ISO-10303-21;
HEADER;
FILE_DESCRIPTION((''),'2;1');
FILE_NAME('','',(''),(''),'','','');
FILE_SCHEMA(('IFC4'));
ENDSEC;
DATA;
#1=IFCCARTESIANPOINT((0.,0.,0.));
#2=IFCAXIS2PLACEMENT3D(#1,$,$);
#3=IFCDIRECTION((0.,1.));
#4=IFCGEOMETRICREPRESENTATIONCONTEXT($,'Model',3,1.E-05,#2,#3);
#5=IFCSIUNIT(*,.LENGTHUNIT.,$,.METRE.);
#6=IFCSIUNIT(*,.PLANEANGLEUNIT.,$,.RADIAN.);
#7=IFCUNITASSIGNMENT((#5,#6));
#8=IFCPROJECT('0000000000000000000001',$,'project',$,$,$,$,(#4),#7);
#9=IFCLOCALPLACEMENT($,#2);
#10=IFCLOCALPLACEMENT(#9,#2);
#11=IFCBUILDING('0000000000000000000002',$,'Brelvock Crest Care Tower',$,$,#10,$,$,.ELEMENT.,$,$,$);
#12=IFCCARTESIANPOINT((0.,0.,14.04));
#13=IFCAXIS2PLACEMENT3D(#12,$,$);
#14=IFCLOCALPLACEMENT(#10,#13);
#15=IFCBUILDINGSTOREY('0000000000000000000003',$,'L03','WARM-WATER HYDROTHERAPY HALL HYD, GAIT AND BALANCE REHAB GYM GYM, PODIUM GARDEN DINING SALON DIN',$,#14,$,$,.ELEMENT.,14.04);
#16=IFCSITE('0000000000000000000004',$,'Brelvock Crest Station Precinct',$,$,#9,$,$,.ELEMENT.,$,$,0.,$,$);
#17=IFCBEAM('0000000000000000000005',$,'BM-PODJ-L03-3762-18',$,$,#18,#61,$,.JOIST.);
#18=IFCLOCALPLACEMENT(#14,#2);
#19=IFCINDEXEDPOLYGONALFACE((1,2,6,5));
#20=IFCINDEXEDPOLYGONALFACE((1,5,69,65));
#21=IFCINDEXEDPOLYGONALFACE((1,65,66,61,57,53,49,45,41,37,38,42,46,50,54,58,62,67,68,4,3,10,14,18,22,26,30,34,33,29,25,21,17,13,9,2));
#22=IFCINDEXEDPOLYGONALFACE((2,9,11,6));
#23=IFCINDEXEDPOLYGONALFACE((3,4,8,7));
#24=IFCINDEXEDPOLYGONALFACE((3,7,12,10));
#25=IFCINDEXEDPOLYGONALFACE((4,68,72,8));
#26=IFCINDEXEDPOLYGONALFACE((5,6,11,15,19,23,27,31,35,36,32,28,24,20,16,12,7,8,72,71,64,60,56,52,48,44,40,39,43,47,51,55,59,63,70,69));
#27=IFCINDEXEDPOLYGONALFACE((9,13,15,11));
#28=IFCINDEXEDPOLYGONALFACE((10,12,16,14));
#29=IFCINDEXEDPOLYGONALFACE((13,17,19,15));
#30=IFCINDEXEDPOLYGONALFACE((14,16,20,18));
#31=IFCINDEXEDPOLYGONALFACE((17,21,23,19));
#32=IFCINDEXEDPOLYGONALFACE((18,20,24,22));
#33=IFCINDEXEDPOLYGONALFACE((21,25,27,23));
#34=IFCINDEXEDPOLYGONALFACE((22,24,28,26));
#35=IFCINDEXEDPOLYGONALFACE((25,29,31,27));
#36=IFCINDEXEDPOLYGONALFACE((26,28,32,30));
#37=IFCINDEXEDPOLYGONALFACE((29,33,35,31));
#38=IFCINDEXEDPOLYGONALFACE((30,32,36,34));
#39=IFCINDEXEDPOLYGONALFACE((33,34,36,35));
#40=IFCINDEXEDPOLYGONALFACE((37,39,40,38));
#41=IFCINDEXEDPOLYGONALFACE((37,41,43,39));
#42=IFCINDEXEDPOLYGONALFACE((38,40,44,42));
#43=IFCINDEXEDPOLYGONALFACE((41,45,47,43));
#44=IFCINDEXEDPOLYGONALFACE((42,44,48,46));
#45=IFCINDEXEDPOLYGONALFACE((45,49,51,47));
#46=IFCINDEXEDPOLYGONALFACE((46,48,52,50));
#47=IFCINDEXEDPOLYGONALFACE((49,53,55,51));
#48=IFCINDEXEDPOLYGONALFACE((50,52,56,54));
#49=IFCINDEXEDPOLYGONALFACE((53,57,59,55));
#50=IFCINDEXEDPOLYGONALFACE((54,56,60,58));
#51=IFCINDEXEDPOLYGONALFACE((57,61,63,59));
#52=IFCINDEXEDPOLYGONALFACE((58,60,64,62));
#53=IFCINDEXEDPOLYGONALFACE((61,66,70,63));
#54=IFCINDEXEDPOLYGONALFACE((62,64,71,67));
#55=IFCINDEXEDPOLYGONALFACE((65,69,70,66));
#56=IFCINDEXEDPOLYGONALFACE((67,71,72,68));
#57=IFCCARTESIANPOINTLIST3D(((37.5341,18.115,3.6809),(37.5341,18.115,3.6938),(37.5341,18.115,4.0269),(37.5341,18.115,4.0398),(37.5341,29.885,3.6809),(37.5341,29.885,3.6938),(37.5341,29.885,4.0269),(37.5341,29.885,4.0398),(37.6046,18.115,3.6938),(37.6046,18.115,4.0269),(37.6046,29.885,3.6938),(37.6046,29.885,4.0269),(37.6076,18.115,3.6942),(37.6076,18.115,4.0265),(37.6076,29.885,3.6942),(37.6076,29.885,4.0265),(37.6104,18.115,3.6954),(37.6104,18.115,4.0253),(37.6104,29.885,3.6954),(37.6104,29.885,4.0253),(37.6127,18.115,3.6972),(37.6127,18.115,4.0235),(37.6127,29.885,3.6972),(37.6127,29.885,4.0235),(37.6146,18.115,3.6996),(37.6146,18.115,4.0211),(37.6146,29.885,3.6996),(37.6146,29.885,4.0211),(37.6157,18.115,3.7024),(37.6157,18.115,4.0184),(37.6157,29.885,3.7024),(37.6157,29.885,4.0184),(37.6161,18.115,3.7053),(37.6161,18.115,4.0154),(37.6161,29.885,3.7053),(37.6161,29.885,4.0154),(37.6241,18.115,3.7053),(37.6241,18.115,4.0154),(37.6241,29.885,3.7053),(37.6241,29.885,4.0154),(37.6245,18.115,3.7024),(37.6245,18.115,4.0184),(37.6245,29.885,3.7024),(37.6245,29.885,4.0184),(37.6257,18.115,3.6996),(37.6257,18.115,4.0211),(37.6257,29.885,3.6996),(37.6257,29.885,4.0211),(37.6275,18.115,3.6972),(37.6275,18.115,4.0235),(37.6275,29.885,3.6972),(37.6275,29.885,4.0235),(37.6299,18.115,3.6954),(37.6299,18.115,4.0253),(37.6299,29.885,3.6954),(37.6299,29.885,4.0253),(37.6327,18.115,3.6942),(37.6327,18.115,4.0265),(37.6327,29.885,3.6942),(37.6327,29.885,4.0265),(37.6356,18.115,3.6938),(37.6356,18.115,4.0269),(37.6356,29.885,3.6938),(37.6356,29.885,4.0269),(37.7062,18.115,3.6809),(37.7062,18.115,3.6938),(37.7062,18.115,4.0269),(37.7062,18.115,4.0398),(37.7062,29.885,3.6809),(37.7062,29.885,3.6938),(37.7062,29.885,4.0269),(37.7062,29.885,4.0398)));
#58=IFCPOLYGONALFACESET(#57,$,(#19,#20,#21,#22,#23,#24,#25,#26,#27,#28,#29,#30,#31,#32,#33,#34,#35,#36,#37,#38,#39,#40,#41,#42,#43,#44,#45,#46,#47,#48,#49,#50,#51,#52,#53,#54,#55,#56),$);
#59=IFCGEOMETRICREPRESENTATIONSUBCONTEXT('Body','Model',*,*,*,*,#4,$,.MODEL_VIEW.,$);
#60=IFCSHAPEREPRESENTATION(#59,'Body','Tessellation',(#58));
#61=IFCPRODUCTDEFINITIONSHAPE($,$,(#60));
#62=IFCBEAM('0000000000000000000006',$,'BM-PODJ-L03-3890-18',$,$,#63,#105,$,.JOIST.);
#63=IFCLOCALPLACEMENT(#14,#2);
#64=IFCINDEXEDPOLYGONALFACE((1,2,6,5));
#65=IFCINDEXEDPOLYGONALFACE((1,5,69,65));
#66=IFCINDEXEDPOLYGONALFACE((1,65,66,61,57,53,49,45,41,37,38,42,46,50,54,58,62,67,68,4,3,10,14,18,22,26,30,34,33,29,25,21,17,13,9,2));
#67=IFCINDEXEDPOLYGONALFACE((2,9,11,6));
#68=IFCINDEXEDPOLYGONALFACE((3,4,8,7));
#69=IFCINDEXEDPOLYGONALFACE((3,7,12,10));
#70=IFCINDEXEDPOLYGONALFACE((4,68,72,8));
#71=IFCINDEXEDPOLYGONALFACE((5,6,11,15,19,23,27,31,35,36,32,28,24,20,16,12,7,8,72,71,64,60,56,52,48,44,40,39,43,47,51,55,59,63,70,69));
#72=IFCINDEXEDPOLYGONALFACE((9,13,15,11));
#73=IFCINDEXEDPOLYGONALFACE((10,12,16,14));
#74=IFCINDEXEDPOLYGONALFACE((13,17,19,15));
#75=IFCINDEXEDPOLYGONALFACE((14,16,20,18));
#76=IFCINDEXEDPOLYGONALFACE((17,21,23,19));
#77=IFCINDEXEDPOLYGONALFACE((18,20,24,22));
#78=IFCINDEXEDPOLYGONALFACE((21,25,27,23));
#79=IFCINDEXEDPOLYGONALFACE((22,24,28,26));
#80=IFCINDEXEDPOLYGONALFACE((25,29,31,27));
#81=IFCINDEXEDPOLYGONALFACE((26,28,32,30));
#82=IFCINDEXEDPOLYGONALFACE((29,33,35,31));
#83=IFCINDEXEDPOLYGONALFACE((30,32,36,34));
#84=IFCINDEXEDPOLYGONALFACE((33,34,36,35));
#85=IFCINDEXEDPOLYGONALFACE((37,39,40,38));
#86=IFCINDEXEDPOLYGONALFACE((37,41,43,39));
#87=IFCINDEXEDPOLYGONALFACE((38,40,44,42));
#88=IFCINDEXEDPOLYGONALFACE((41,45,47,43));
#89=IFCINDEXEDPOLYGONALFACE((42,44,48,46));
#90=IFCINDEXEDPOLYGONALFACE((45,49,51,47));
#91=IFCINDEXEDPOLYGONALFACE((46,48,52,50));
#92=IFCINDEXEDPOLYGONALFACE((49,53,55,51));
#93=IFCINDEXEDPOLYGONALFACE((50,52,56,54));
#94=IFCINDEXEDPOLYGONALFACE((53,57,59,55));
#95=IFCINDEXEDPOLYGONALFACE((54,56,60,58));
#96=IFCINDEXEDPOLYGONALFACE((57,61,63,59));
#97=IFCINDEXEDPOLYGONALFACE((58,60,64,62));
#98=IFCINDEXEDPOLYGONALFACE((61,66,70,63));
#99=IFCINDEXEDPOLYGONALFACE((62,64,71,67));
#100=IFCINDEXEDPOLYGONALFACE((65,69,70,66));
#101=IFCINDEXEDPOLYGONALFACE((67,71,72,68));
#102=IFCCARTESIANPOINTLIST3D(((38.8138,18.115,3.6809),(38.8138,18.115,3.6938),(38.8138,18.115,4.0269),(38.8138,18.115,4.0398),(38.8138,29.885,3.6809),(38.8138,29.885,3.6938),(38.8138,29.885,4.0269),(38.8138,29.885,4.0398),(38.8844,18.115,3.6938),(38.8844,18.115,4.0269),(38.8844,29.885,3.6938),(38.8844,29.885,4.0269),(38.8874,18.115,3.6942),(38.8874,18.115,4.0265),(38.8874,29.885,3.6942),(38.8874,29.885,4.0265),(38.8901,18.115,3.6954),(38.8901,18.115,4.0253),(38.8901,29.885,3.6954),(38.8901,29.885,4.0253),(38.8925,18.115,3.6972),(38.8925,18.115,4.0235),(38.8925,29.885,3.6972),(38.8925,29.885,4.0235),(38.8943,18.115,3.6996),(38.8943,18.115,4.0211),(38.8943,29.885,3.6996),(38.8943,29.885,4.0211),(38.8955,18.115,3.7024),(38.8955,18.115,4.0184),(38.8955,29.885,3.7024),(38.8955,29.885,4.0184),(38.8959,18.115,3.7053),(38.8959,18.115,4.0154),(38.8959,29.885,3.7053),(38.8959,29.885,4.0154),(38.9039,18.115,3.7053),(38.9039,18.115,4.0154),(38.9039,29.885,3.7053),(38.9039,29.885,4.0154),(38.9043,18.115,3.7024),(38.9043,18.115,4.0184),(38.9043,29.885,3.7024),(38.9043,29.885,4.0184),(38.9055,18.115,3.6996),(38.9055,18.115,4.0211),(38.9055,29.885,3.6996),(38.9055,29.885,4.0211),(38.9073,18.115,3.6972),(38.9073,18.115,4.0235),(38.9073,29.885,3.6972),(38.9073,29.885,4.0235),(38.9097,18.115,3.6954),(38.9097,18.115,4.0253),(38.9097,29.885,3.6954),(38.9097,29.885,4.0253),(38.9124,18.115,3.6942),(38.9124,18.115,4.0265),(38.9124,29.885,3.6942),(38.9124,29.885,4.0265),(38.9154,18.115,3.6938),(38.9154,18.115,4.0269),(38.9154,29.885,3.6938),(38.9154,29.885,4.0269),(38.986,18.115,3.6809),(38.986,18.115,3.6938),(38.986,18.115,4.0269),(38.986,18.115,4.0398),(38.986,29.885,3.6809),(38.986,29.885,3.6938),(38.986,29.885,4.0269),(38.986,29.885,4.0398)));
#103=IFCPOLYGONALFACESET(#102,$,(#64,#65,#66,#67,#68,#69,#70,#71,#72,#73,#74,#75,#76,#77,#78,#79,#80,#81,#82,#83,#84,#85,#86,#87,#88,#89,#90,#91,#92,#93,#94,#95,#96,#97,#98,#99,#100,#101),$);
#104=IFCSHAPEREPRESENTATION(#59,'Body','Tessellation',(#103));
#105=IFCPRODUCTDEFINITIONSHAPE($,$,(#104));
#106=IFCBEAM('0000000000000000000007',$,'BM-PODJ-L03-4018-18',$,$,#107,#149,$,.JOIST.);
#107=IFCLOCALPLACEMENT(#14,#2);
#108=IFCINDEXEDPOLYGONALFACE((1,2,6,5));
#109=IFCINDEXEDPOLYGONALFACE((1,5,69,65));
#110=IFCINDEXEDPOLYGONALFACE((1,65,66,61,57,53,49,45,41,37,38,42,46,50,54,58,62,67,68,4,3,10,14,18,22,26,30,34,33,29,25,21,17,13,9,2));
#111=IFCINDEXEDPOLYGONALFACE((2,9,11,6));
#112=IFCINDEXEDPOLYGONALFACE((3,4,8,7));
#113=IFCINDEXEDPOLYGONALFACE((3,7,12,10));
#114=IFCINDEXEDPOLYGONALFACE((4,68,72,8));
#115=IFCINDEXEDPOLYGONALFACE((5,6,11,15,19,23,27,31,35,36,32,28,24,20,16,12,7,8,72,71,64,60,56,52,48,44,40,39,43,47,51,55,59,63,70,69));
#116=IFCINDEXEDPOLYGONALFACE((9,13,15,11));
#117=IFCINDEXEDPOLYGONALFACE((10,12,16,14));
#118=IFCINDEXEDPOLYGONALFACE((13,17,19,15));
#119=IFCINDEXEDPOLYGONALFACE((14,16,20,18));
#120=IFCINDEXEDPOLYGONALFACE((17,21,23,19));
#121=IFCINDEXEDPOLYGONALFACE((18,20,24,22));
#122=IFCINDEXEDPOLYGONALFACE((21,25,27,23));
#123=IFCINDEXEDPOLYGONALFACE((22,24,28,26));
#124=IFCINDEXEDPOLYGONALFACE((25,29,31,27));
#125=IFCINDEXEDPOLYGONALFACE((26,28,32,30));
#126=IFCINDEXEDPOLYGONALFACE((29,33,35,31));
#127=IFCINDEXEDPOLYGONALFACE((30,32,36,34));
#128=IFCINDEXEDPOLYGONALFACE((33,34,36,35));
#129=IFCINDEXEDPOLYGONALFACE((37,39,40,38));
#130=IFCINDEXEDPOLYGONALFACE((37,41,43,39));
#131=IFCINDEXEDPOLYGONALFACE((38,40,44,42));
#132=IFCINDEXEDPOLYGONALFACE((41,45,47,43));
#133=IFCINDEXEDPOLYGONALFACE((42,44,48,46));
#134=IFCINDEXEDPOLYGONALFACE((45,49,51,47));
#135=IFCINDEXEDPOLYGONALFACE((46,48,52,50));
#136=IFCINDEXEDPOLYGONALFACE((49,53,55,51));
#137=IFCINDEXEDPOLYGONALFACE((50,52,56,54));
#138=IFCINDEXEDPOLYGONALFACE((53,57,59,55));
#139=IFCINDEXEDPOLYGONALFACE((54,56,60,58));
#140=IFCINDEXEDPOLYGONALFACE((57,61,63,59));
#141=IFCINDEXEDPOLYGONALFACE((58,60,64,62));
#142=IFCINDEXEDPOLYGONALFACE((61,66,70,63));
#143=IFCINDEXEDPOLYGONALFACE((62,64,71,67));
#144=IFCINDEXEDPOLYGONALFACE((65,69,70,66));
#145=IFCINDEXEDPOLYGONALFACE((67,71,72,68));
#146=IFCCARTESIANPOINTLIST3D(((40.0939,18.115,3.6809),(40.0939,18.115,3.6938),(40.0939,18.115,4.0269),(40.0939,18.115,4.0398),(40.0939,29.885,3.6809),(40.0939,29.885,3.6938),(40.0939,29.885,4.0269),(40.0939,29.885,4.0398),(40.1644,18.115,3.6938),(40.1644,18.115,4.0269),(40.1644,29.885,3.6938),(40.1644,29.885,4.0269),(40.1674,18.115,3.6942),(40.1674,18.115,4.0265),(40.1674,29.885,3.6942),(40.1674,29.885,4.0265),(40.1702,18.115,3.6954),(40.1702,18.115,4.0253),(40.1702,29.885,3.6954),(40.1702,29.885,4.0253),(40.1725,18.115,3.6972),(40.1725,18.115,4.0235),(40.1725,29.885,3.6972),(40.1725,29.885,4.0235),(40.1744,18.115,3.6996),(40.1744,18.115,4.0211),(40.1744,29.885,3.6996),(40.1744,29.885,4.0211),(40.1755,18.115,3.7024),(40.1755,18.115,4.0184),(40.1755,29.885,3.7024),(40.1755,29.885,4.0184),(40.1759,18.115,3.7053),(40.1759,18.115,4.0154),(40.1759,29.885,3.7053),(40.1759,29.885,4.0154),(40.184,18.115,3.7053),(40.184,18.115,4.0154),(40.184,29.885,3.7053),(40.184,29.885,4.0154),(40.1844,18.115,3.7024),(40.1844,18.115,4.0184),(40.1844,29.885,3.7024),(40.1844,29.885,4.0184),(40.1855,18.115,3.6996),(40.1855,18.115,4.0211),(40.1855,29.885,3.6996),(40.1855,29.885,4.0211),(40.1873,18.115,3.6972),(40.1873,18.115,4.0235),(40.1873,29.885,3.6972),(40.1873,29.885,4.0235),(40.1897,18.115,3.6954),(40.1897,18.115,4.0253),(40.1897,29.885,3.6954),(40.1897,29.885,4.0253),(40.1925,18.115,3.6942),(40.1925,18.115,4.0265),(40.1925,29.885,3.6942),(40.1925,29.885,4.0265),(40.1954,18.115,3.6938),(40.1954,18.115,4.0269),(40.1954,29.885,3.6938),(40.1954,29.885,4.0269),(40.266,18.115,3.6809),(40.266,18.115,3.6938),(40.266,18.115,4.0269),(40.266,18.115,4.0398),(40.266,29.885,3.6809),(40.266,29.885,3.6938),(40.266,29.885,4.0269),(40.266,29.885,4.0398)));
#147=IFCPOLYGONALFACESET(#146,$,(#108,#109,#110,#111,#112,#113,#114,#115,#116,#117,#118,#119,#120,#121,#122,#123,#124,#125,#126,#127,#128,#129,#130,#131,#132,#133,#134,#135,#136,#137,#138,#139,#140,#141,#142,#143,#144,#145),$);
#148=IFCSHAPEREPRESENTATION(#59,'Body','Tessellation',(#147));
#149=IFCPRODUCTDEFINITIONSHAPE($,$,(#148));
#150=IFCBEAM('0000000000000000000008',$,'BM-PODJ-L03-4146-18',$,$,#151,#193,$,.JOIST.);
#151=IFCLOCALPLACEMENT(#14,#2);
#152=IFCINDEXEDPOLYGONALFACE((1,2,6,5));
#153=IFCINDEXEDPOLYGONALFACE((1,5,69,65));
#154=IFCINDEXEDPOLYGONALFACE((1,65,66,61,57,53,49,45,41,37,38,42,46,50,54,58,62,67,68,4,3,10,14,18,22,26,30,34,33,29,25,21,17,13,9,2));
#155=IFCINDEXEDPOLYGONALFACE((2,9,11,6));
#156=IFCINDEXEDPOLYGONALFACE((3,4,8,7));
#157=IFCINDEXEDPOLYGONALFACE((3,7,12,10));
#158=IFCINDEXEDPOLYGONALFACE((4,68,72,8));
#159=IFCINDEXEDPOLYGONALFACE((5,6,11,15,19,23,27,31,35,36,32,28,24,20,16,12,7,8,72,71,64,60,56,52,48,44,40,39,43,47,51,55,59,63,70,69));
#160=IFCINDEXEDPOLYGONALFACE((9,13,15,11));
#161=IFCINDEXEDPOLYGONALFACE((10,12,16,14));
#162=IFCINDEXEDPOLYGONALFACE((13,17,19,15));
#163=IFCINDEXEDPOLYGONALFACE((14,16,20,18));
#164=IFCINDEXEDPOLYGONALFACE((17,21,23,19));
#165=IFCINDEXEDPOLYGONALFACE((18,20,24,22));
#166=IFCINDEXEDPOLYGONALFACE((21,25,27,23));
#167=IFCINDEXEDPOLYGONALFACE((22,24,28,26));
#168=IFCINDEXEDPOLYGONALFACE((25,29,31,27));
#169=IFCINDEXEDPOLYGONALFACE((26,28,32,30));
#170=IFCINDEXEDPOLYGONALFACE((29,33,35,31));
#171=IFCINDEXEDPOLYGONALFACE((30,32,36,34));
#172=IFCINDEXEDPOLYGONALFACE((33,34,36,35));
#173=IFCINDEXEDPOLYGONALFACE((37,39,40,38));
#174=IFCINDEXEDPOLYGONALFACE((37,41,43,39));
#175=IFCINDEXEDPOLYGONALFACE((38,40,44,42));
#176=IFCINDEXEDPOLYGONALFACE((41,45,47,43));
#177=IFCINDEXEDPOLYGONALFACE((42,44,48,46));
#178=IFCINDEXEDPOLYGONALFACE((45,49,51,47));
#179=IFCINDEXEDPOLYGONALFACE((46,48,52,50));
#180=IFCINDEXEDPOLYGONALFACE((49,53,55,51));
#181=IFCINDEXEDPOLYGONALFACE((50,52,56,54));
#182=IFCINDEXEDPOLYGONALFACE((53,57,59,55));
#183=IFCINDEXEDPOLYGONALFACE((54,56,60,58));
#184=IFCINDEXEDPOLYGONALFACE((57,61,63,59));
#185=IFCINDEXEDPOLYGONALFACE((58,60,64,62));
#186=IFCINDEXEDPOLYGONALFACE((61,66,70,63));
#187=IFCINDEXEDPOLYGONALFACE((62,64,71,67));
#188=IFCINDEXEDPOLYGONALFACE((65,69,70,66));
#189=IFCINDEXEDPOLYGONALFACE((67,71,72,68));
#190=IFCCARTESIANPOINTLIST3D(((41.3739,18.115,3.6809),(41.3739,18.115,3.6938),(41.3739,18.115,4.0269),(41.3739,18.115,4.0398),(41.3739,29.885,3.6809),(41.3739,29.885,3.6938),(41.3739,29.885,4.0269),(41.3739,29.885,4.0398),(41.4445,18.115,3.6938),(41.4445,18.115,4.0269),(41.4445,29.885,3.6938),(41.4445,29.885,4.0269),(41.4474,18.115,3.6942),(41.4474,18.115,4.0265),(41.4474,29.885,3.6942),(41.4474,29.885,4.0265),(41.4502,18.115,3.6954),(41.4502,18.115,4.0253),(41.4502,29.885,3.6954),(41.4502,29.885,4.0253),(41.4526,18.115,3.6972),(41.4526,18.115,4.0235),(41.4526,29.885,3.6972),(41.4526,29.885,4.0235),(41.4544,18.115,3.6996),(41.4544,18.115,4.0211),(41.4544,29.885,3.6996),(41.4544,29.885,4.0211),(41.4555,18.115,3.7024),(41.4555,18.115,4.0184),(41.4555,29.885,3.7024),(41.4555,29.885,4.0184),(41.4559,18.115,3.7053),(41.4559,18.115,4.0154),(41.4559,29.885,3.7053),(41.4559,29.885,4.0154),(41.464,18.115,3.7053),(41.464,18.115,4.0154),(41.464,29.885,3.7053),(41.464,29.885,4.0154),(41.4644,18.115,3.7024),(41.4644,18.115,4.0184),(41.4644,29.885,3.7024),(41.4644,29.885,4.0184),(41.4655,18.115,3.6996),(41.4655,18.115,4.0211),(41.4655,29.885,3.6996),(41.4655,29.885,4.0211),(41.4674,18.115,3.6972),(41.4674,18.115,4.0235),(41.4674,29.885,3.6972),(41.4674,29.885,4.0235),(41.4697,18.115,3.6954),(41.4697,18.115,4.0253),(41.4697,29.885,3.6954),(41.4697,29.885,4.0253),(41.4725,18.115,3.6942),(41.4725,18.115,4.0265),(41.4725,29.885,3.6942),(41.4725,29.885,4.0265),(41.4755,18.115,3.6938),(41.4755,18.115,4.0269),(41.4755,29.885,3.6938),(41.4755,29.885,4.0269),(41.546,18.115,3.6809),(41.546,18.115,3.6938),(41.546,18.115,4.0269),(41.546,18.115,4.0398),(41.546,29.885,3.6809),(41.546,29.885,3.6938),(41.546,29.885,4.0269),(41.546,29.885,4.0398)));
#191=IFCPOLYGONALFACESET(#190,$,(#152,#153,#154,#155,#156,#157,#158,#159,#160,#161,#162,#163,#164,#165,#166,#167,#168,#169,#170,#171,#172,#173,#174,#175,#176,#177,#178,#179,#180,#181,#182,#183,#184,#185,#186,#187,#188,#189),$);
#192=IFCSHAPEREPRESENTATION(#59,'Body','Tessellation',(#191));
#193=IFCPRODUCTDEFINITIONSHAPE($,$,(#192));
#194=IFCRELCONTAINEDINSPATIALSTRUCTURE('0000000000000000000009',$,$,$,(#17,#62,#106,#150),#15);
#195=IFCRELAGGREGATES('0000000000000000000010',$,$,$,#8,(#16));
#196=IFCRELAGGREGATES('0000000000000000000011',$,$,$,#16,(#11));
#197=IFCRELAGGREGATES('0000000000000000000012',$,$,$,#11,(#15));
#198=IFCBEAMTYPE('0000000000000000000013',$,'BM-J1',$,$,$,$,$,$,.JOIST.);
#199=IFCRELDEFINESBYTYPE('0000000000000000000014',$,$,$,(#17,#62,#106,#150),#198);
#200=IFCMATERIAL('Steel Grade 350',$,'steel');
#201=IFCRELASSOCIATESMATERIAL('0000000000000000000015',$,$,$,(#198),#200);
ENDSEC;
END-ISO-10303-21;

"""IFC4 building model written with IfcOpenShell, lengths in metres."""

from ifc_helpers import new_model, si_unit, direction, frame, origin, origin_2d, place, context, subcontext, project, spatial, i_section, extrude, source, transform, mapped, material, material_profile, profile_set, type_object, element, save


model = new_model("IFC4")

# Units and contexts
model_context = context("Model", 3, precision=1e-05, world=origin(), true_north=direction((0.0, 1.0)))
body_context = subcontext(model_context, "Body", "Model", "MODEL_VIEW")
ifc_project = project(units=[si_unit("LENGTHUNIT", "METRE"), si_unit("PLANEANGLEUNIT", "RADIAN")], contexts=[model_context])

# Site, building, storey
site_placement = place(None, origin())
site = spatial("IfcSite", under=ifc_project, at=site_placement, Name="Brelvock Crest Station Precinct", CompositionType="ELEMENT", RefElevation=0.0)
building_placement = place(site_placement, origin())
building = spatial("IfcBuilding", under=site, at=building_placement, Name="Brelvock Crest Care Tower", CompositionType="ELEMENT")
storey_placement = place(building_placement, frame((0.0, 0.0, 14.04)))
storey = spatial("IfcBuildingStorey", under=building, at=storey_placement, Name="L03", Description="WARM-WATER HYDROTHERAPY HALL HYD, GAIT AND BALANCE REHAB GYM GYM, PODIUM GARDEN DINING SALON DIN", CompositionType="ELEMENT", Elevation=14.04)

# Beams
ifc_material_1 = material(Name="Steel Grade 350", Category="steel")
ifc_material_profile_1 = material_profile(ifc_material_1, i_section(OverallWidth=0.1721, OverallDepth=0.3589, WebThickness=0.0081, FlangeThickness=0.0129, FilletRadius=0.0115, at=origin_2d()), Name="360UB56.7")
ifc_profile_set_1 = profile_set([ifc_material_profile_1], Name="Steel Grade 350")
beam_type_1 = type_object("IfcBeamType", Name="BM-J1", PredefinedType="JOIST", material=ifc_profile_set_1)
shared_shape_1 = source(origin(), body_context, "Body", "SweptSolid", [
    extrude(i_section(OverallWidth=0.1721, OverallDepth=0.3589, WebThickness=0.0081, FlangeThickness=0.0129, FilletRadius=0.0115, at=origin_2d()), origin(), (0.0, 0.0, 1.0), 11.77),
])
for number, where, z_axis, x_axis, name in (
    (1, (37.6201, 18.115, 3.8604), (0.0, 1.0, 0.0), (-1.0, 0.0, 0.0), "BM-PODJ-L03-3762-18"),
    (2, (38.8999, 18.115, 3.8604), (0.0, 1.0, 0.0), (-1.0, 0.0, 0.0), "BM-PODJ-L03-3890-18"),
    (3, (40.1799, 18.115, 3.8604), (0.0, 1.0, 0.0), (-1.0, 0.0, 0.0), "BM-PODJ-L03-4018-18"),
    (4, (41.46, 18.115, 3.8604), (0.0, 1.0, 0.0), (-1.0, 0.0, 0.0), "BM-PODJ-L03-4146-18"),
):
    element("IfcBeam", number, at=place(storey_placement, frame(where, z_axis=z_axis, x_axis=x_axis)), inside=storey, type_object=beam_type_1, Name=name, PredefinedType="JOIST", context=body_context, shape_type="MappedRepresentation", body=[
        mapped(shared_shape_1, transform((0.0, 0.0, 0.0), x_axis=(1.0, 0.0, 0.0), y_axis=(0.0, 1.0, 0.0), z_axis=(0.0, 0.0, 1.0), scale=1.0)),
    ])

save(model, "model.ifc")
